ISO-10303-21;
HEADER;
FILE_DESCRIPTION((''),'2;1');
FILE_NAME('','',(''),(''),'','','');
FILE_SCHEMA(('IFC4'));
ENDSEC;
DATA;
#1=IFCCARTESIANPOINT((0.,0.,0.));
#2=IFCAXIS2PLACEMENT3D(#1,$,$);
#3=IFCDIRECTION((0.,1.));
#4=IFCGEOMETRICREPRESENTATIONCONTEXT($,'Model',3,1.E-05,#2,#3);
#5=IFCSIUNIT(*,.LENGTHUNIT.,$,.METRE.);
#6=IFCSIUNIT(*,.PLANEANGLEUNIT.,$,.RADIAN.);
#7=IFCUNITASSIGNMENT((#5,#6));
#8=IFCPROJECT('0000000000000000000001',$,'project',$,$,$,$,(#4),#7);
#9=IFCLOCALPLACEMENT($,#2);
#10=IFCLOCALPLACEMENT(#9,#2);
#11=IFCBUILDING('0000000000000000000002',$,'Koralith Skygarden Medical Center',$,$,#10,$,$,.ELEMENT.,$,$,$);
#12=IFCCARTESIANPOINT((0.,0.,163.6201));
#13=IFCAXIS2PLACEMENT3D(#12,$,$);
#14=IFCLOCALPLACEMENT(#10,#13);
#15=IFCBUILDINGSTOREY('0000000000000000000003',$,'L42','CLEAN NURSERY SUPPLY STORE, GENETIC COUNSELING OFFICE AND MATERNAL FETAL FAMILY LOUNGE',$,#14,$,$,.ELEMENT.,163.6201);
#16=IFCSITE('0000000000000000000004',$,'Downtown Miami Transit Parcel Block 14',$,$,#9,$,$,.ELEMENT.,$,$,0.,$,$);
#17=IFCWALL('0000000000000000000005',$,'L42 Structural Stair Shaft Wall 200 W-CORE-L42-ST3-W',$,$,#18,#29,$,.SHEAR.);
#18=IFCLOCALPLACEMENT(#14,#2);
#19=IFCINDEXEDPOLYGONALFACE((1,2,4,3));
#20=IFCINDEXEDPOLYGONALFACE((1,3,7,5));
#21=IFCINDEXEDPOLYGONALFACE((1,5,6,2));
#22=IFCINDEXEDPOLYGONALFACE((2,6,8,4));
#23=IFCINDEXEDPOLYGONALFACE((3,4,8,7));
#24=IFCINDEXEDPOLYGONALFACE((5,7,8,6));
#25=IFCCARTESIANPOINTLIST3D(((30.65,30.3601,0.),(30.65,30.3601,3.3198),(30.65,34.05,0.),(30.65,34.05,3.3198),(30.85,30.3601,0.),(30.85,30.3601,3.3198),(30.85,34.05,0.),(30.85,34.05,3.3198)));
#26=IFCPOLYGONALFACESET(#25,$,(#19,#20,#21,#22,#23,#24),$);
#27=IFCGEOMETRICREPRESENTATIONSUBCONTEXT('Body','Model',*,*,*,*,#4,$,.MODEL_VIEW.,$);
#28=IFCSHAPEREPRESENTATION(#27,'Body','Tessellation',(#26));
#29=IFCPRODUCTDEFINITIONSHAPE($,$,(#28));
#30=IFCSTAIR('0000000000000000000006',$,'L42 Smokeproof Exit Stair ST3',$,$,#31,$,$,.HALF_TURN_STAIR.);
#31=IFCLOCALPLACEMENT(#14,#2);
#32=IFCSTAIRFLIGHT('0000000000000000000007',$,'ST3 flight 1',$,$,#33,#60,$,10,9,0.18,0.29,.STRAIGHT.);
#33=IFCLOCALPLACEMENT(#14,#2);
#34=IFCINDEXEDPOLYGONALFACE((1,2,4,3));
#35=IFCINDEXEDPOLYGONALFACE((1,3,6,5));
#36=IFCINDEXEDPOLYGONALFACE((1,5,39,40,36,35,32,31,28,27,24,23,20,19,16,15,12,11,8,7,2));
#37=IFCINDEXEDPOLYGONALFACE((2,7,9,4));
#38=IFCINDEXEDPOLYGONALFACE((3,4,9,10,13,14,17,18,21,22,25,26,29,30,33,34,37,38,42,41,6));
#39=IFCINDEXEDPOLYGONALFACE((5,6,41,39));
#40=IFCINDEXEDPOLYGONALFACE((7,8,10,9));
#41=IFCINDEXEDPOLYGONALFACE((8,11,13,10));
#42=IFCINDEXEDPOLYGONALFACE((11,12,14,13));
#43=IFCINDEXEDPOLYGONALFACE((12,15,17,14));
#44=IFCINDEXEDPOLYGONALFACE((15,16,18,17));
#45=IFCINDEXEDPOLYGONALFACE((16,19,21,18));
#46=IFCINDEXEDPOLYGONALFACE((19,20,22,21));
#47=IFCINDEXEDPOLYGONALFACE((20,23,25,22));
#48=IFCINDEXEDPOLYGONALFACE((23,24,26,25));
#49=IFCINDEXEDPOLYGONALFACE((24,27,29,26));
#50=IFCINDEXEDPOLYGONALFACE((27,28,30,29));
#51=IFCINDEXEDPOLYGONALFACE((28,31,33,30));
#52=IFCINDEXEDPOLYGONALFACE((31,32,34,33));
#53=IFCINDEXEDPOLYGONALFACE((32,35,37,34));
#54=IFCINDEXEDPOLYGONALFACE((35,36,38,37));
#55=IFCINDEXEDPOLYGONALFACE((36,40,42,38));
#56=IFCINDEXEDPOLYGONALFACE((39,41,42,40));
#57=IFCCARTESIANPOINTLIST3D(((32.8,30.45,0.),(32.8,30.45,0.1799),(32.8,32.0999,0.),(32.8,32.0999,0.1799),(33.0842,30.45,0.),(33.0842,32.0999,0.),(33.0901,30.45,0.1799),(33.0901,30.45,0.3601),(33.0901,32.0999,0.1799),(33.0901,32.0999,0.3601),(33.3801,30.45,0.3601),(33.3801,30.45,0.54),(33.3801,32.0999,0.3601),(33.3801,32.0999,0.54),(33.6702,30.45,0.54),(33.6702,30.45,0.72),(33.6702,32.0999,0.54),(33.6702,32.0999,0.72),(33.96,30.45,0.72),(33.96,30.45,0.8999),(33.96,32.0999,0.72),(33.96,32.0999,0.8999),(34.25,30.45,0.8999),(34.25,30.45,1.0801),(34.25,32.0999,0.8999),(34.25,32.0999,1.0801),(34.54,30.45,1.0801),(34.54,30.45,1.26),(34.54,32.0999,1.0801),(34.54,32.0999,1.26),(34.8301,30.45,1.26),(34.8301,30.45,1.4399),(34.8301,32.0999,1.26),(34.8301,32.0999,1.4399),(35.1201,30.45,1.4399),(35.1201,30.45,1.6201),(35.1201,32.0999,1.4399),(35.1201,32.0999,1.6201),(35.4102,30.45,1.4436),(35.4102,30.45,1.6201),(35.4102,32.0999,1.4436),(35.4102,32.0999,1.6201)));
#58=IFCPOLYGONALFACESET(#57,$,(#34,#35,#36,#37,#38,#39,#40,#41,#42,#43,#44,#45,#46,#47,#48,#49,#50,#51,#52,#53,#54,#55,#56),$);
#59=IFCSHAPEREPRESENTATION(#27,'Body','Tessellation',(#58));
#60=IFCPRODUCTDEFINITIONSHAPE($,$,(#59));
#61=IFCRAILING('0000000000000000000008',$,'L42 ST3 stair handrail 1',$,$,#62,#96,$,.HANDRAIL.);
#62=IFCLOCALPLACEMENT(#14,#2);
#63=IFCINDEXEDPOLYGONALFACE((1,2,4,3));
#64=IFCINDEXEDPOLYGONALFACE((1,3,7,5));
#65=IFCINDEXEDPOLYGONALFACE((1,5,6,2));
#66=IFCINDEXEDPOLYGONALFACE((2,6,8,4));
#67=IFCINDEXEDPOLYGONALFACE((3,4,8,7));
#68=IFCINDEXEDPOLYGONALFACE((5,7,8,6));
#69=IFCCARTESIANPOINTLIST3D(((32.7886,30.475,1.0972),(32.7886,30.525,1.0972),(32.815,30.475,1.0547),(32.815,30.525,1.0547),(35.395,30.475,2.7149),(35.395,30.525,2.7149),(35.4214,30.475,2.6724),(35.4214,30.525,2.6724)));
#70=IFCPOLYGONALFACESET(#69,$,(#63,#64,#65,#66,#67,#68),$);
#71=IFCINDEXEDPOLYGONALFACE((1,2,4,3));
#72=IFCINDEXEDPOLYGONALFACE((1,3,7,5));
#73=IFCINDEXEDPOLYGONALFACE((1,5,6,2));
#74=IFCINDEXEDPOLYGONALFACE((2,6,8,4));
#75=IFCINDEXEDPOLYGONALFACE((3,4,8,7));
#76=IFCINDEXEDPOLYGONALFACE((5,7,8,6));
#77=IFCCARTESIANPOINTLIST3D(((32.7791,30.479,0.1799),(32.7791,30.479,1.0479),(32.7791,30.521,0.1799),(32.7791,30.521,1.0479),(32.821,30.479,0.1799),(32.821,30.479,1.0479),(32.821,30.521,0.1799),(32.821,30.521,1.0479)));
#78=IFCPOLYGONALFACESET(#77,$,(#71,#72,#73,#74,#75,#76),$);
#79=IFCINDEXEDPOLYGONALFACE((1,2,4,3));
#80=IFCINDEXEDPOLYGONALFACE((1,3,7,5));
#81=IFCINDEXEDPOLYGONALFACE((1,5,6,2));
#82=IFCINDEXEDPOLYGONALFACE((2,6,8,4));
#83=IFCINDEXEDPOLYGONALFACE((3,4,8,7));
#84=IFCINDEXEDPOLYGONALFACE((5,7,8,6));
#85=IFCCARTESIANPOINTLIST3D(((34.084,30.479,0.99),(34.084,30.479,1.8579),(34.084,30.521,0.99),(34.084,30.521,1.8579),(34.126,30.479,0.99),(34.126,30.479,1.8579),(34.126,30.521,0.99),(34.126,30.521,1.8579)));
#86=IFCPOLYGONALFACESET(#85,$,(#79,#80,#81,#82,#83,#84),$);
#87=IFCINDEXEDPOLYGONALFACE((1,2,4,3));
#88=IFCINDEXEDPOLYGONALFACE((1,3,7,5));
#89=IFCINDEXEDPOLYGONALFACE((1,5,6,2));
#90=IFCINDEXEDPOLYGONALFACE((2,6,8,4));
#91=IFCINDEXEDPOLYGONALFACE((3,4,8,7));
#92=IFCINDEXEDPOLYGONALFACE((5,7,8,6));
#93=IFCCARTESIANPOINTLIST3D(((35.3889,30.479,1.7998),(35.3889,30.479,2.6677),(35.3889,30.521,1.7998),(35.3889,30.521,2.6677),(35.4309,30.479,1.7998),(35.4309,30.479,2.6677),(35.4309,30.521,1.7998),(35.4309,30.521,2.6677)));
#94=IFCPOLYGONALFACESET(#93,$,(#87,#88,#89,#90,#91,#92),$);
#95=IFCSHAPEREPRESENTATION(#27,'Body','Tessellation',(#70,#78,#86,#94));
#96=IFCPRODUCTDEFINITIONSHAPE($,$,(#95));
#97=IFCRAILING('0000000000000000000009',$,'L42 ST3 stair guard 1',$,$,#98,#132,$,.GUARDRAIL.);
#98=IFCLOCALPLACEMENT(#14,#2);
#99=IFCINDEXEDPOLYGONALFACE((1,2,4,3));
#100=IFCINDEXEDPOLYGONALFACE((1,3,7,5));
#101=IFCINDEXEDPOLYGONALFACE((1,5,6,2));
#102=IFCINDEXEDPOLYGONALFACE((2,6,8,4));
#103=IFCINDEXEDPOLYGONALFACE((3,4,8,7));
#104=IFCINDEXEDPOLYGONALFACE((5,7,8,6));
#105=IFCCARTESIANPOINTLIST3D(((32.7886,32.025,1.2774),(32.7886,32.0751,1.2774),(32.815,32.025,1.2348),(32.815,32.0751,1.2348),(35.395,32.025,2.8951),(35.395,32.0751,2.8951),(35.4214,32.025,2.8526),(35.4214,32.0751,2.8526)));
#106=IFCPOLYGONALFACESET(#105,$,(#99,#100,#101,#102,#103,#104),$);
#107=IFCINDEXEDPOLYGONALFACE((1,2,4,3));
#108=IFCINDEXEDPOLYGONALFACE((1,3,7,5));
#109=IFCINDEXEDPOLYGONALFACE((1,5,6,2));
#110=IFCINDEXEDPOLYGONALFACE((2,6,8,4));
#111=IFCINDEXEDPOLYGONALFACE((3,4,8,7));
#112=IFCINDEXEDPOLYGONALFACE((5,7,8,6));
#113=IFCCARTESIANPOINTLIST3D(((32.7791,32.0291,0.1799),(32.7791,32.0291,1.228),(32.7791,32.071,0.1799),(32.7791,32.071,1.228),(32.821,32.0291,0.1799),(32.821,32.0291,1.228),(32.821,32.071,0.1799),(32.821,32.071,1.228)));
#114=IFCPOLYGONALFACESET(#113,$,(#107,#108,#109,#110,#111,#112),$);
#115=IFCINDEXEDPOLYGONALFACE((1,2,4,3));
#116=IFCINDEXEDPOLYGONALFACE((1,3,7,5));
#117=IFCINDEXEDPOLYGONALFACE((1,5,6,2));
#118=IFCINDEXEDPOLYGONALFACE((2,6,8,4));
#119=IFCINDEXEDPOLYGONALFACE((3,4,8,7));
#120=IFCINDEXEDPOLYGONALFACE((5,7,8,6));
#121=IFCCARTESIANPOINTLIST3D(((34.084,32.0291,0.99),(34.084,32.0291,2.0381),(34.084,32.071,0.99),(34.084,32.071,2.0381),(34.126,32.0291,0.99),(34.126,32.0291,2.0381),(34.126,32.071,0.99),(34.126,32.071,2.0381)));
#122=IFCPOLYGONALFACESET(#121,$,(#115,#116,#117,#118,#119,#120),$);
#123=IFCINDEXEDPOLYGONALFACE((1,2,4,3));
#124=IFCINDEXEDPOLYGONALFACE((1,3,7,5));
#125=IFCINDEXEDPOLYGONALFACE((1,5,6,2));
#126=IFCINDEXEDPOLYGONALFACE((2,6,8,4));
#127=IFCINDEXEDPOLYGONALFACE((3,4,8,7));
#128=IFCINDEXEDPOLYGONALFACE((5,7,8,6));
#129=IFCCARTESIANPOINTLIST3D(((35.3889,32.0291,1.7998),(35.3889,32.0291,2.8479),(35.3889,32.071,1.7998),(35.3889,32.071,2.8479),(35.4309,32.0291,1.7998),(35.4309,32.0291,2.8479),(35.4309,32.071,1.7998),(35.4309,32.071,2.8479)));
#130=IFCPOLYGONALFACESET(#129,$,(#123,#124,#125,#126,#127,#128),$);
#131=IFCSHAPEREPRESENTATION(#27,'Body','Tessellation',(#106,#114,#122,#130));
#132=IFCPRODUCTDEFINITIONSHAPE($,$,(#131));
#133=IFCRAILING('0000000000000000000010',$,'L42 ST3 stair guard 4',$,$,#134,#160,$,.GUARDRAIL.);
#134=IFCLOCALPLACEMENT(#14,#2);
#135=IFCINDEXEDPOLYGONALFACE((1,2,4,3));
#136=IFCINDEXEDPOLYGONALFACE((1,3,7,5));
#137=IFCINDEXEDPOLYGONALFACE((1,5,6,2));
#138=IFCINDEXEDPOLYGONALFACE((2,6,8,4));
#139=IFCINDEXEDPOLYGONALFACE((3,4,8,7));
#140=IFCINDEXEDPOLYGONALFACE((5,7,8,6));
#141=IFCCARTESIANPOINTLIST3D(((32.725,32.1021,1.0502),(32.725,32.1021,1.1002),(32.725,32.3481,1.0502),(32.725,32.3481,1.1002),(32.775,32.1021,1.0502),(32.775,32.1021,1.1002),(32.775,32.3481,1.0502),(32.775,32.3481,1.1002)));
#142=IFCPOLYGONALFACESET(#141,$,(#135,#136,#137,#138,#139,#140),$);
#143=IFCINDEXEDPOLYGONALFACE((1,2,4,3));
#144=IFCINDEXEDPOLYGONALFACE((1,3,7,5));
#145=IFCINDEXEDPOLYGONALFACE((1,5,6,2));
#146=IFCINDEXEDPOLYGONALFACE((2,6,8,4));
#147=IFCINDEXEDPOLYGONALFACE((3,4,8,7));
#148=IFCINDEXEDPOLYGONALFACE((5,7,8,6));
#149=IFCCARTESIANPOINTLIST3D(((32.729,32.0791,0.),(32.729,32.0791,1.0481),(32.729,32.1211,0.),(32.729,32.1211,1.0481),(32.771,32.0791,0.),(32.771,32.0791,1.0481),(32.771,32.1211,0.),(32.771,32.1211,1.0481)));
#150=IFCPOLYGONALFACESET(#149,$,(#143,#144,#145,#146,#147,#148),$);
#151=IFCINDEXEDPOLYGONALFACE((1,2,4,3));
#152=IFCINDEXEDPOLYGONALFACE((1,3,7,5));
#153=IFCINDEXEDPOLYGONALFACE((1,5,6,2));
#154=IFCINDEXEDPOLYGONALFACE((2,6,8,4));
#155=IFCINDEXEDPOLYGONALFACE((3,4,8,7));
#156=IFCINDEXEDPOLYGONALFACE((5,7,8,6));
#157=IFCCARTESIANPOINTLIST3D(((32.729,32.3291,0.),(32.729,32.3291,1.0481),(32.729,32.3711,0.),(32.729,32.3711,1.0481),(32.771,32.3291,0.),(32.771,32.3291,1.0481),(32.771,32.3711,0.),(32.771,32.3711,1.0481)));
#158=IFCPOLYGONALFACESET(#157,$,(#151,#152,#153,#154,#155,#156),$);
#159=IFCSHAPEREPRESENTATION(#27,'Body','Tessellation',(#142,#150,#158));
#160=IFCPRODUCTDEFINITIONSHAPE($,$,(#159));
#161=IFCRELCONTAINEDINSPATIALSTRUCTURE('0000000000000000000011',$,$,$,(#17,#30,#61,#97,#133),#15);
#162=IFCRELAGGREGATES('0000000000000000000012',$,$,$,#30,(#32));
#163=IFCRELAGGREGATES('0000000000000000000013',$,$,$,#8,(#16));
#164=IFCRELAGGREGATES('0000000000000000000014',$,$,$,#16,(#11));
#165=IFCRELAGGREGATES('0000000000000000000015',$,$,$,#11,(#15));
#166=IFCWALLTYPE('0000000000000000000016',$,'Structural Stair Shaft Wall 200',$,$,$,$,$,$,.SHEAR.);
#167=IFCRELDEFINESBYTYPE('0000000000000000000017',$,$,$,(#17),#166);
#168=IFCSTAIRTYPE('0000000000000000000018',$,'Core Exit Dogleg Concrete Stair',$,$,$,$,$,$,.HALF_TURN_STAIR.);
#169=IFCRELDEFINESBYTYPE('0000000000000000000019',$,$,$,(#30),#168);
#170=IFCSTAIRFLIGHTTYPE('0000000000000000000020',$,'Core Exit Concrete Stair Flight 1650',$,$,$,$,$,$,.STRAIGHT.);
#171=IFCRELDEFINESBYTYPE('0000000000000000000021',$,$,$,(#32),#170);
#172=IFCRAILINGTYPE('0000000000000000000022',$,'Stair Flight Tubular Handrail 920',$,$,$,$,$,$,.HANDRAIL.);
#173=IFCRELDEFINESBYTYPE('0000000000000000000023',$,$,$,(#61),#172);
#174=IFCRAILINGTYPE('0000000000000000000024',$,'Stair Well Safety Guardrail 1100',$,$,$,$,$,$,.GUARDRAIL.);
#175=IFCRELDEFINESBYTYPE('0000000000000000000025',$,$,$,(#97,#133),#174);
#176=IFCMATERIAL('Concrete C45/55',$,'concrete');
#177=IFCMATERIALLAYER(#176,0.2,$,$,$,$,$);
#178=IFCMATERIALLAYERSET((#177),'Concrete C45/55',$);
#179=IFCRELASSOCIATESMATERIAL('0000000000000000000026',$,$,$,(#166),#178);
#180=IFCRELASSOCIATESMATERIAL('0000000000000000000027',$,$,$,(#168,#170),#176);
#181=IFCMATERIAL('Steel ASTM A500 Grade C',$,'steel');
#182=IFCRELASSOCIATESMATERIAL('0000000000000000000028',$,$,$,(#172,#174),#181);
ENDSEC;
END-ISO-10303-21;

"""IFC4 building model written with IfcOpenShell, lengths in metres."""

from ifc_helpers import new_model, si_unit, direction, frame, frame_2d, origin, origin_2d, place, context, subcontext, project, spatial, polyline, rectangle, outline, extrude, material, layer, layer_set, type_object, element, aggregate, save


model = new_model("IFC4")

# Units and contexts
model_context = context("Model", 3, precision=1e-05, world=origin(), true_north=direction((0.0, 1.0)))
body_context = subcontext(model_context, "Body", "Model", "MODEL_VIEW")
ifc_project = project(units=[si_unit("LENGTHUNIT", "METRE"), si_unit("PLANEANGLEUNIT", "RADIAN")], contexts=[model_context])

# Site, building, storey
site_placement = place(None, origin())
site = spatial("IfcSite", under=ifc_project, at=site_placement, Name="Downtown Miami Transit Parcel Block 14", CompositionType="ELEMENT", RefElevation=0.0)
building_placement = place(site_placement, origin())
building = spatial("IfcBuilding", under=site, at=building_placement, Name="Koralith Skygarden Medical Center", CompositionType="ELEMENT")
storey_placement = place(building_placement, frame((0.0, 0.0, 163.6201)))
storey = spatial("IfcBuildingStorey", under=building, at=storey_placement, Name="L42", Description="CLEAN NURSERY SUPPLY STORE, GENETIC COUNSELING OFFICE AND MATERNAL FETAL FAMILY LOUNGE", CompositionType="ELEMENT", Elevation=163.6201)

# Shared definitions
ifc_material_1 = material(Name="Concrete C45/55", Category="concrete")

# Wall
ifc_layer_1 = layer(ifc_material_1, 0.2)
ifc_layer_set_1 = layer_set([ifc_layer_1], Name="Concrete C45/55")
wall_type_1 = type_object("IfcWallType", Name="Structural Stair Shaft Wall 200", PredefinedType="SHEAR", material=ifc_layer_set_1)
wall_1_placement = place(storey_placement, frame((30.75, 30.3601, 0.0), z_axis=(0.0, 0.0, 1.0), x_axis=(0.0, 1.0, 0.0)))
element("IfcWall", 1, at=wall_1_placement, inside=storey, type_object=wall_type_1, Name="L42 Structural Stair Shaft Wall 200 W-CORE-L42-ST3-W", PredefinedType="SHEAR", context=body_context, shape_type="SweptSolid", body=[
    extrude(rectangle(XDim=3.6899, YDim=0.2, at=frame_2d((1.845, 0.0))), origin(), (0.0, 0.0, 1.0), 3.3198),
])

# Stair, stair flight
stair_type = type_object("IfcStairType", Name="Core Exit Dogleg Concrete Stair", PredefinedType="HALF_TURN_STAIR", material=ifc_material_1)
stair_placement = place(storey_placement, origin())
stair = element("IfcStair", 2, at=stair_placement, inside=storey, type_object=stair_type, Name="L42 Smokeproof Exit Stair ST3", PredefinedType="HALF_TURN_STAIR")
stair_flight_type = type_object("IfcStairFlightType", Name="Core Exit Concrete Stair Flight 1650", PredefinedType="STRAIGHT", material=ifc_material_1)
stair_flight_placement = place(storey_placement, frame((32.8, 31.2749, 0.0), z_axis=(0.0, 0.0, 1.0), x_axis=(1.0, 0.0, 0.0)))
stair_flight = element("IfcStairFlight", 3, at=stair_flight_placement, type_object=stair_flight_type, Name="ST3 flight 1", NumberOfRisers=10, NumberOfTreads=9, PredefinedType="STRAIGHT", RiserHeight=0.18, TreadLength=0.29, context=body_context, shape_type="SweptSolid", body=[
    extrude(outline(polyline([(0.0, 0.0), (0.0, 0.1799), (0.29, 0.1799), (0.29, 0.3601), (0.5801, 0.3601), (0.5801, 0.54), (0.8701, 0.54), (0.8701, 0.72), (1.1599, 0.72), (1.1599, 0.8999), (1.45, 0.8999), (1.45, 1.0801), (1.74, 1.0801), (1.74, 1.26), (2.03, 1.26), (2.03, 1.4399), (2.3201, 1.4399), (2.3201, 1.6201), (2.6101, 1.6201), (2.6101, 1.8), (2.6101, 1.4436), (0.2842, 0.0), (0.0, 0.0)])), frame((0.0, 0.825, 0.0), z_axis=(0.0, -1.0, 0.0), x_axis=(1.0, 0.0, 0.0)), (0.0, 0.0, 1.0), 1.6499),
])
aggregate(stair, [stair_flight])

# Railings
ifc_material_2 = material(Name="Steel ASTM A500 Grade C", Category="steel")
railing_type_1 = type_object("IfcRailingType", Name="Stair Flight Tubular Handrail 920", PredefinedType="HANDRAIL", material=ifc_material_2)
railing_1_placement = place(storey_placement, frame((32.8, 30.5, 0.1799)))
element("IfcRailing", 4, at=railing_1_placement, inside=storey, type_object=railing_type_1, Name="L42 ST3 stair handrail 1", PredefinedType="HANDRAIL", context=body_context, shape_type="SweptSolid", body=[
    extrude(rectangle(XDim=0.05, YDim=0.05, at=origin_2d()), frame((0.0017, 0.0, 0.896), z_axis=(0.849646, 0.0, 0.527353), x_axis=(0.0, 1.0, 0.0)), (0.0, 0.0, 1.0), 3.0676),
    extrude(rectangle(XDim=0.042, YDim=0.042, at=origin_2d()), origin(), (0.0, 0.0, 1.0), 0.8679),
    extrude(rectangle(XDim=0.042, YDim=0.042, at=origin_2d()), frame((1.3049, 0.0, 0.8101)), (0.0, 0.0, 1.0), 0.8679),
    extrude(rectangle(XDim=0.042, YDim=0.042, at=origin_2d()), frame((2.6099, 0.0, 1.6199)), (0.0, 0.0, 1.0), 0.8679),
])
railing_type_2 = type_object("IfcRailingType", Name="Stair Well Safety Guardrail 1100", PredefinedType="GUARDRAIL", material=ifc_material_2)
railing_2_placement = place(storey_placement, frame((32.8, 32.05, 0.1799)))
element("IfcRailing", 5, at=railing_2_placement, inside=storey, type_object=railing_type_2, Name="L42 ST3 stair guard 1", PredefinedType="GUARDRAIL", context=body_context, shape_type="SweptSolid", body=[
    extrude(rectangle(XDim=0.05, YDim=0.05, at=origin_2d()), frame((0.0017, 0.0, 1.0762), z_axis=(0.849646, 0.0, 0.527353), x_axis=(0.0, 1.0, 0.0)), (0.0, 0.0, 1.0), 3.0676),
    extrude(rectangle(XDim=0.042, YDim=0.042, at=origin_2d()), origin(), (0.0, 0.0, 1.0), 1.0481),
    extrude(rectangle(XDim=0.042, YDim=0.042, at=origin_2d()), frame((1.3049, 0.0, 0.8101)), (0.0, 0.0, 1.0), 1.0481),
    extrude(rectangle(XDim=0.042, YDim=0.042, at=origin_2d()), frame((2.6099, 0.0, 1.6199)), (0.0, 0.0, 1.0), 1.0481),
])
railing_3_placement = place(storey_placement, frame((32.75, 32.1001, 0.0)))
element("IfcRailing", 6, at=railing_3_placement, inside=storey, type_object=railing_type_2, Name="L42 ST3 stair guard 4", PredefinedType="GUARDRAIL", context=body_context, shape_type="SweptSolid", body=[
    extrude(rectangle(XDim=0.05, YDim=0.05, at=origin_2d()), frame((0.0, 0.002, 1.0752), z_axis=(0.0, 1.0, 0.0), x_axis=(-1.0, 0.0, 0.0)), (0.0, 0.0, 1.0), 0.2461),
    extrude(rectangle(XDim=0.042, YDim=0.042, at=origin_2d()), origin(), (0.0, 0.0, 1.0), 1.0481),
    extrude(rectangle(XDim=0.042, YDim=0.042, at=origin_2d()), frame((0.0, 0.25, 0.0)), (0.0, 0.0, 1.0), 1.0481),
])

save(model, "model.ifc")
